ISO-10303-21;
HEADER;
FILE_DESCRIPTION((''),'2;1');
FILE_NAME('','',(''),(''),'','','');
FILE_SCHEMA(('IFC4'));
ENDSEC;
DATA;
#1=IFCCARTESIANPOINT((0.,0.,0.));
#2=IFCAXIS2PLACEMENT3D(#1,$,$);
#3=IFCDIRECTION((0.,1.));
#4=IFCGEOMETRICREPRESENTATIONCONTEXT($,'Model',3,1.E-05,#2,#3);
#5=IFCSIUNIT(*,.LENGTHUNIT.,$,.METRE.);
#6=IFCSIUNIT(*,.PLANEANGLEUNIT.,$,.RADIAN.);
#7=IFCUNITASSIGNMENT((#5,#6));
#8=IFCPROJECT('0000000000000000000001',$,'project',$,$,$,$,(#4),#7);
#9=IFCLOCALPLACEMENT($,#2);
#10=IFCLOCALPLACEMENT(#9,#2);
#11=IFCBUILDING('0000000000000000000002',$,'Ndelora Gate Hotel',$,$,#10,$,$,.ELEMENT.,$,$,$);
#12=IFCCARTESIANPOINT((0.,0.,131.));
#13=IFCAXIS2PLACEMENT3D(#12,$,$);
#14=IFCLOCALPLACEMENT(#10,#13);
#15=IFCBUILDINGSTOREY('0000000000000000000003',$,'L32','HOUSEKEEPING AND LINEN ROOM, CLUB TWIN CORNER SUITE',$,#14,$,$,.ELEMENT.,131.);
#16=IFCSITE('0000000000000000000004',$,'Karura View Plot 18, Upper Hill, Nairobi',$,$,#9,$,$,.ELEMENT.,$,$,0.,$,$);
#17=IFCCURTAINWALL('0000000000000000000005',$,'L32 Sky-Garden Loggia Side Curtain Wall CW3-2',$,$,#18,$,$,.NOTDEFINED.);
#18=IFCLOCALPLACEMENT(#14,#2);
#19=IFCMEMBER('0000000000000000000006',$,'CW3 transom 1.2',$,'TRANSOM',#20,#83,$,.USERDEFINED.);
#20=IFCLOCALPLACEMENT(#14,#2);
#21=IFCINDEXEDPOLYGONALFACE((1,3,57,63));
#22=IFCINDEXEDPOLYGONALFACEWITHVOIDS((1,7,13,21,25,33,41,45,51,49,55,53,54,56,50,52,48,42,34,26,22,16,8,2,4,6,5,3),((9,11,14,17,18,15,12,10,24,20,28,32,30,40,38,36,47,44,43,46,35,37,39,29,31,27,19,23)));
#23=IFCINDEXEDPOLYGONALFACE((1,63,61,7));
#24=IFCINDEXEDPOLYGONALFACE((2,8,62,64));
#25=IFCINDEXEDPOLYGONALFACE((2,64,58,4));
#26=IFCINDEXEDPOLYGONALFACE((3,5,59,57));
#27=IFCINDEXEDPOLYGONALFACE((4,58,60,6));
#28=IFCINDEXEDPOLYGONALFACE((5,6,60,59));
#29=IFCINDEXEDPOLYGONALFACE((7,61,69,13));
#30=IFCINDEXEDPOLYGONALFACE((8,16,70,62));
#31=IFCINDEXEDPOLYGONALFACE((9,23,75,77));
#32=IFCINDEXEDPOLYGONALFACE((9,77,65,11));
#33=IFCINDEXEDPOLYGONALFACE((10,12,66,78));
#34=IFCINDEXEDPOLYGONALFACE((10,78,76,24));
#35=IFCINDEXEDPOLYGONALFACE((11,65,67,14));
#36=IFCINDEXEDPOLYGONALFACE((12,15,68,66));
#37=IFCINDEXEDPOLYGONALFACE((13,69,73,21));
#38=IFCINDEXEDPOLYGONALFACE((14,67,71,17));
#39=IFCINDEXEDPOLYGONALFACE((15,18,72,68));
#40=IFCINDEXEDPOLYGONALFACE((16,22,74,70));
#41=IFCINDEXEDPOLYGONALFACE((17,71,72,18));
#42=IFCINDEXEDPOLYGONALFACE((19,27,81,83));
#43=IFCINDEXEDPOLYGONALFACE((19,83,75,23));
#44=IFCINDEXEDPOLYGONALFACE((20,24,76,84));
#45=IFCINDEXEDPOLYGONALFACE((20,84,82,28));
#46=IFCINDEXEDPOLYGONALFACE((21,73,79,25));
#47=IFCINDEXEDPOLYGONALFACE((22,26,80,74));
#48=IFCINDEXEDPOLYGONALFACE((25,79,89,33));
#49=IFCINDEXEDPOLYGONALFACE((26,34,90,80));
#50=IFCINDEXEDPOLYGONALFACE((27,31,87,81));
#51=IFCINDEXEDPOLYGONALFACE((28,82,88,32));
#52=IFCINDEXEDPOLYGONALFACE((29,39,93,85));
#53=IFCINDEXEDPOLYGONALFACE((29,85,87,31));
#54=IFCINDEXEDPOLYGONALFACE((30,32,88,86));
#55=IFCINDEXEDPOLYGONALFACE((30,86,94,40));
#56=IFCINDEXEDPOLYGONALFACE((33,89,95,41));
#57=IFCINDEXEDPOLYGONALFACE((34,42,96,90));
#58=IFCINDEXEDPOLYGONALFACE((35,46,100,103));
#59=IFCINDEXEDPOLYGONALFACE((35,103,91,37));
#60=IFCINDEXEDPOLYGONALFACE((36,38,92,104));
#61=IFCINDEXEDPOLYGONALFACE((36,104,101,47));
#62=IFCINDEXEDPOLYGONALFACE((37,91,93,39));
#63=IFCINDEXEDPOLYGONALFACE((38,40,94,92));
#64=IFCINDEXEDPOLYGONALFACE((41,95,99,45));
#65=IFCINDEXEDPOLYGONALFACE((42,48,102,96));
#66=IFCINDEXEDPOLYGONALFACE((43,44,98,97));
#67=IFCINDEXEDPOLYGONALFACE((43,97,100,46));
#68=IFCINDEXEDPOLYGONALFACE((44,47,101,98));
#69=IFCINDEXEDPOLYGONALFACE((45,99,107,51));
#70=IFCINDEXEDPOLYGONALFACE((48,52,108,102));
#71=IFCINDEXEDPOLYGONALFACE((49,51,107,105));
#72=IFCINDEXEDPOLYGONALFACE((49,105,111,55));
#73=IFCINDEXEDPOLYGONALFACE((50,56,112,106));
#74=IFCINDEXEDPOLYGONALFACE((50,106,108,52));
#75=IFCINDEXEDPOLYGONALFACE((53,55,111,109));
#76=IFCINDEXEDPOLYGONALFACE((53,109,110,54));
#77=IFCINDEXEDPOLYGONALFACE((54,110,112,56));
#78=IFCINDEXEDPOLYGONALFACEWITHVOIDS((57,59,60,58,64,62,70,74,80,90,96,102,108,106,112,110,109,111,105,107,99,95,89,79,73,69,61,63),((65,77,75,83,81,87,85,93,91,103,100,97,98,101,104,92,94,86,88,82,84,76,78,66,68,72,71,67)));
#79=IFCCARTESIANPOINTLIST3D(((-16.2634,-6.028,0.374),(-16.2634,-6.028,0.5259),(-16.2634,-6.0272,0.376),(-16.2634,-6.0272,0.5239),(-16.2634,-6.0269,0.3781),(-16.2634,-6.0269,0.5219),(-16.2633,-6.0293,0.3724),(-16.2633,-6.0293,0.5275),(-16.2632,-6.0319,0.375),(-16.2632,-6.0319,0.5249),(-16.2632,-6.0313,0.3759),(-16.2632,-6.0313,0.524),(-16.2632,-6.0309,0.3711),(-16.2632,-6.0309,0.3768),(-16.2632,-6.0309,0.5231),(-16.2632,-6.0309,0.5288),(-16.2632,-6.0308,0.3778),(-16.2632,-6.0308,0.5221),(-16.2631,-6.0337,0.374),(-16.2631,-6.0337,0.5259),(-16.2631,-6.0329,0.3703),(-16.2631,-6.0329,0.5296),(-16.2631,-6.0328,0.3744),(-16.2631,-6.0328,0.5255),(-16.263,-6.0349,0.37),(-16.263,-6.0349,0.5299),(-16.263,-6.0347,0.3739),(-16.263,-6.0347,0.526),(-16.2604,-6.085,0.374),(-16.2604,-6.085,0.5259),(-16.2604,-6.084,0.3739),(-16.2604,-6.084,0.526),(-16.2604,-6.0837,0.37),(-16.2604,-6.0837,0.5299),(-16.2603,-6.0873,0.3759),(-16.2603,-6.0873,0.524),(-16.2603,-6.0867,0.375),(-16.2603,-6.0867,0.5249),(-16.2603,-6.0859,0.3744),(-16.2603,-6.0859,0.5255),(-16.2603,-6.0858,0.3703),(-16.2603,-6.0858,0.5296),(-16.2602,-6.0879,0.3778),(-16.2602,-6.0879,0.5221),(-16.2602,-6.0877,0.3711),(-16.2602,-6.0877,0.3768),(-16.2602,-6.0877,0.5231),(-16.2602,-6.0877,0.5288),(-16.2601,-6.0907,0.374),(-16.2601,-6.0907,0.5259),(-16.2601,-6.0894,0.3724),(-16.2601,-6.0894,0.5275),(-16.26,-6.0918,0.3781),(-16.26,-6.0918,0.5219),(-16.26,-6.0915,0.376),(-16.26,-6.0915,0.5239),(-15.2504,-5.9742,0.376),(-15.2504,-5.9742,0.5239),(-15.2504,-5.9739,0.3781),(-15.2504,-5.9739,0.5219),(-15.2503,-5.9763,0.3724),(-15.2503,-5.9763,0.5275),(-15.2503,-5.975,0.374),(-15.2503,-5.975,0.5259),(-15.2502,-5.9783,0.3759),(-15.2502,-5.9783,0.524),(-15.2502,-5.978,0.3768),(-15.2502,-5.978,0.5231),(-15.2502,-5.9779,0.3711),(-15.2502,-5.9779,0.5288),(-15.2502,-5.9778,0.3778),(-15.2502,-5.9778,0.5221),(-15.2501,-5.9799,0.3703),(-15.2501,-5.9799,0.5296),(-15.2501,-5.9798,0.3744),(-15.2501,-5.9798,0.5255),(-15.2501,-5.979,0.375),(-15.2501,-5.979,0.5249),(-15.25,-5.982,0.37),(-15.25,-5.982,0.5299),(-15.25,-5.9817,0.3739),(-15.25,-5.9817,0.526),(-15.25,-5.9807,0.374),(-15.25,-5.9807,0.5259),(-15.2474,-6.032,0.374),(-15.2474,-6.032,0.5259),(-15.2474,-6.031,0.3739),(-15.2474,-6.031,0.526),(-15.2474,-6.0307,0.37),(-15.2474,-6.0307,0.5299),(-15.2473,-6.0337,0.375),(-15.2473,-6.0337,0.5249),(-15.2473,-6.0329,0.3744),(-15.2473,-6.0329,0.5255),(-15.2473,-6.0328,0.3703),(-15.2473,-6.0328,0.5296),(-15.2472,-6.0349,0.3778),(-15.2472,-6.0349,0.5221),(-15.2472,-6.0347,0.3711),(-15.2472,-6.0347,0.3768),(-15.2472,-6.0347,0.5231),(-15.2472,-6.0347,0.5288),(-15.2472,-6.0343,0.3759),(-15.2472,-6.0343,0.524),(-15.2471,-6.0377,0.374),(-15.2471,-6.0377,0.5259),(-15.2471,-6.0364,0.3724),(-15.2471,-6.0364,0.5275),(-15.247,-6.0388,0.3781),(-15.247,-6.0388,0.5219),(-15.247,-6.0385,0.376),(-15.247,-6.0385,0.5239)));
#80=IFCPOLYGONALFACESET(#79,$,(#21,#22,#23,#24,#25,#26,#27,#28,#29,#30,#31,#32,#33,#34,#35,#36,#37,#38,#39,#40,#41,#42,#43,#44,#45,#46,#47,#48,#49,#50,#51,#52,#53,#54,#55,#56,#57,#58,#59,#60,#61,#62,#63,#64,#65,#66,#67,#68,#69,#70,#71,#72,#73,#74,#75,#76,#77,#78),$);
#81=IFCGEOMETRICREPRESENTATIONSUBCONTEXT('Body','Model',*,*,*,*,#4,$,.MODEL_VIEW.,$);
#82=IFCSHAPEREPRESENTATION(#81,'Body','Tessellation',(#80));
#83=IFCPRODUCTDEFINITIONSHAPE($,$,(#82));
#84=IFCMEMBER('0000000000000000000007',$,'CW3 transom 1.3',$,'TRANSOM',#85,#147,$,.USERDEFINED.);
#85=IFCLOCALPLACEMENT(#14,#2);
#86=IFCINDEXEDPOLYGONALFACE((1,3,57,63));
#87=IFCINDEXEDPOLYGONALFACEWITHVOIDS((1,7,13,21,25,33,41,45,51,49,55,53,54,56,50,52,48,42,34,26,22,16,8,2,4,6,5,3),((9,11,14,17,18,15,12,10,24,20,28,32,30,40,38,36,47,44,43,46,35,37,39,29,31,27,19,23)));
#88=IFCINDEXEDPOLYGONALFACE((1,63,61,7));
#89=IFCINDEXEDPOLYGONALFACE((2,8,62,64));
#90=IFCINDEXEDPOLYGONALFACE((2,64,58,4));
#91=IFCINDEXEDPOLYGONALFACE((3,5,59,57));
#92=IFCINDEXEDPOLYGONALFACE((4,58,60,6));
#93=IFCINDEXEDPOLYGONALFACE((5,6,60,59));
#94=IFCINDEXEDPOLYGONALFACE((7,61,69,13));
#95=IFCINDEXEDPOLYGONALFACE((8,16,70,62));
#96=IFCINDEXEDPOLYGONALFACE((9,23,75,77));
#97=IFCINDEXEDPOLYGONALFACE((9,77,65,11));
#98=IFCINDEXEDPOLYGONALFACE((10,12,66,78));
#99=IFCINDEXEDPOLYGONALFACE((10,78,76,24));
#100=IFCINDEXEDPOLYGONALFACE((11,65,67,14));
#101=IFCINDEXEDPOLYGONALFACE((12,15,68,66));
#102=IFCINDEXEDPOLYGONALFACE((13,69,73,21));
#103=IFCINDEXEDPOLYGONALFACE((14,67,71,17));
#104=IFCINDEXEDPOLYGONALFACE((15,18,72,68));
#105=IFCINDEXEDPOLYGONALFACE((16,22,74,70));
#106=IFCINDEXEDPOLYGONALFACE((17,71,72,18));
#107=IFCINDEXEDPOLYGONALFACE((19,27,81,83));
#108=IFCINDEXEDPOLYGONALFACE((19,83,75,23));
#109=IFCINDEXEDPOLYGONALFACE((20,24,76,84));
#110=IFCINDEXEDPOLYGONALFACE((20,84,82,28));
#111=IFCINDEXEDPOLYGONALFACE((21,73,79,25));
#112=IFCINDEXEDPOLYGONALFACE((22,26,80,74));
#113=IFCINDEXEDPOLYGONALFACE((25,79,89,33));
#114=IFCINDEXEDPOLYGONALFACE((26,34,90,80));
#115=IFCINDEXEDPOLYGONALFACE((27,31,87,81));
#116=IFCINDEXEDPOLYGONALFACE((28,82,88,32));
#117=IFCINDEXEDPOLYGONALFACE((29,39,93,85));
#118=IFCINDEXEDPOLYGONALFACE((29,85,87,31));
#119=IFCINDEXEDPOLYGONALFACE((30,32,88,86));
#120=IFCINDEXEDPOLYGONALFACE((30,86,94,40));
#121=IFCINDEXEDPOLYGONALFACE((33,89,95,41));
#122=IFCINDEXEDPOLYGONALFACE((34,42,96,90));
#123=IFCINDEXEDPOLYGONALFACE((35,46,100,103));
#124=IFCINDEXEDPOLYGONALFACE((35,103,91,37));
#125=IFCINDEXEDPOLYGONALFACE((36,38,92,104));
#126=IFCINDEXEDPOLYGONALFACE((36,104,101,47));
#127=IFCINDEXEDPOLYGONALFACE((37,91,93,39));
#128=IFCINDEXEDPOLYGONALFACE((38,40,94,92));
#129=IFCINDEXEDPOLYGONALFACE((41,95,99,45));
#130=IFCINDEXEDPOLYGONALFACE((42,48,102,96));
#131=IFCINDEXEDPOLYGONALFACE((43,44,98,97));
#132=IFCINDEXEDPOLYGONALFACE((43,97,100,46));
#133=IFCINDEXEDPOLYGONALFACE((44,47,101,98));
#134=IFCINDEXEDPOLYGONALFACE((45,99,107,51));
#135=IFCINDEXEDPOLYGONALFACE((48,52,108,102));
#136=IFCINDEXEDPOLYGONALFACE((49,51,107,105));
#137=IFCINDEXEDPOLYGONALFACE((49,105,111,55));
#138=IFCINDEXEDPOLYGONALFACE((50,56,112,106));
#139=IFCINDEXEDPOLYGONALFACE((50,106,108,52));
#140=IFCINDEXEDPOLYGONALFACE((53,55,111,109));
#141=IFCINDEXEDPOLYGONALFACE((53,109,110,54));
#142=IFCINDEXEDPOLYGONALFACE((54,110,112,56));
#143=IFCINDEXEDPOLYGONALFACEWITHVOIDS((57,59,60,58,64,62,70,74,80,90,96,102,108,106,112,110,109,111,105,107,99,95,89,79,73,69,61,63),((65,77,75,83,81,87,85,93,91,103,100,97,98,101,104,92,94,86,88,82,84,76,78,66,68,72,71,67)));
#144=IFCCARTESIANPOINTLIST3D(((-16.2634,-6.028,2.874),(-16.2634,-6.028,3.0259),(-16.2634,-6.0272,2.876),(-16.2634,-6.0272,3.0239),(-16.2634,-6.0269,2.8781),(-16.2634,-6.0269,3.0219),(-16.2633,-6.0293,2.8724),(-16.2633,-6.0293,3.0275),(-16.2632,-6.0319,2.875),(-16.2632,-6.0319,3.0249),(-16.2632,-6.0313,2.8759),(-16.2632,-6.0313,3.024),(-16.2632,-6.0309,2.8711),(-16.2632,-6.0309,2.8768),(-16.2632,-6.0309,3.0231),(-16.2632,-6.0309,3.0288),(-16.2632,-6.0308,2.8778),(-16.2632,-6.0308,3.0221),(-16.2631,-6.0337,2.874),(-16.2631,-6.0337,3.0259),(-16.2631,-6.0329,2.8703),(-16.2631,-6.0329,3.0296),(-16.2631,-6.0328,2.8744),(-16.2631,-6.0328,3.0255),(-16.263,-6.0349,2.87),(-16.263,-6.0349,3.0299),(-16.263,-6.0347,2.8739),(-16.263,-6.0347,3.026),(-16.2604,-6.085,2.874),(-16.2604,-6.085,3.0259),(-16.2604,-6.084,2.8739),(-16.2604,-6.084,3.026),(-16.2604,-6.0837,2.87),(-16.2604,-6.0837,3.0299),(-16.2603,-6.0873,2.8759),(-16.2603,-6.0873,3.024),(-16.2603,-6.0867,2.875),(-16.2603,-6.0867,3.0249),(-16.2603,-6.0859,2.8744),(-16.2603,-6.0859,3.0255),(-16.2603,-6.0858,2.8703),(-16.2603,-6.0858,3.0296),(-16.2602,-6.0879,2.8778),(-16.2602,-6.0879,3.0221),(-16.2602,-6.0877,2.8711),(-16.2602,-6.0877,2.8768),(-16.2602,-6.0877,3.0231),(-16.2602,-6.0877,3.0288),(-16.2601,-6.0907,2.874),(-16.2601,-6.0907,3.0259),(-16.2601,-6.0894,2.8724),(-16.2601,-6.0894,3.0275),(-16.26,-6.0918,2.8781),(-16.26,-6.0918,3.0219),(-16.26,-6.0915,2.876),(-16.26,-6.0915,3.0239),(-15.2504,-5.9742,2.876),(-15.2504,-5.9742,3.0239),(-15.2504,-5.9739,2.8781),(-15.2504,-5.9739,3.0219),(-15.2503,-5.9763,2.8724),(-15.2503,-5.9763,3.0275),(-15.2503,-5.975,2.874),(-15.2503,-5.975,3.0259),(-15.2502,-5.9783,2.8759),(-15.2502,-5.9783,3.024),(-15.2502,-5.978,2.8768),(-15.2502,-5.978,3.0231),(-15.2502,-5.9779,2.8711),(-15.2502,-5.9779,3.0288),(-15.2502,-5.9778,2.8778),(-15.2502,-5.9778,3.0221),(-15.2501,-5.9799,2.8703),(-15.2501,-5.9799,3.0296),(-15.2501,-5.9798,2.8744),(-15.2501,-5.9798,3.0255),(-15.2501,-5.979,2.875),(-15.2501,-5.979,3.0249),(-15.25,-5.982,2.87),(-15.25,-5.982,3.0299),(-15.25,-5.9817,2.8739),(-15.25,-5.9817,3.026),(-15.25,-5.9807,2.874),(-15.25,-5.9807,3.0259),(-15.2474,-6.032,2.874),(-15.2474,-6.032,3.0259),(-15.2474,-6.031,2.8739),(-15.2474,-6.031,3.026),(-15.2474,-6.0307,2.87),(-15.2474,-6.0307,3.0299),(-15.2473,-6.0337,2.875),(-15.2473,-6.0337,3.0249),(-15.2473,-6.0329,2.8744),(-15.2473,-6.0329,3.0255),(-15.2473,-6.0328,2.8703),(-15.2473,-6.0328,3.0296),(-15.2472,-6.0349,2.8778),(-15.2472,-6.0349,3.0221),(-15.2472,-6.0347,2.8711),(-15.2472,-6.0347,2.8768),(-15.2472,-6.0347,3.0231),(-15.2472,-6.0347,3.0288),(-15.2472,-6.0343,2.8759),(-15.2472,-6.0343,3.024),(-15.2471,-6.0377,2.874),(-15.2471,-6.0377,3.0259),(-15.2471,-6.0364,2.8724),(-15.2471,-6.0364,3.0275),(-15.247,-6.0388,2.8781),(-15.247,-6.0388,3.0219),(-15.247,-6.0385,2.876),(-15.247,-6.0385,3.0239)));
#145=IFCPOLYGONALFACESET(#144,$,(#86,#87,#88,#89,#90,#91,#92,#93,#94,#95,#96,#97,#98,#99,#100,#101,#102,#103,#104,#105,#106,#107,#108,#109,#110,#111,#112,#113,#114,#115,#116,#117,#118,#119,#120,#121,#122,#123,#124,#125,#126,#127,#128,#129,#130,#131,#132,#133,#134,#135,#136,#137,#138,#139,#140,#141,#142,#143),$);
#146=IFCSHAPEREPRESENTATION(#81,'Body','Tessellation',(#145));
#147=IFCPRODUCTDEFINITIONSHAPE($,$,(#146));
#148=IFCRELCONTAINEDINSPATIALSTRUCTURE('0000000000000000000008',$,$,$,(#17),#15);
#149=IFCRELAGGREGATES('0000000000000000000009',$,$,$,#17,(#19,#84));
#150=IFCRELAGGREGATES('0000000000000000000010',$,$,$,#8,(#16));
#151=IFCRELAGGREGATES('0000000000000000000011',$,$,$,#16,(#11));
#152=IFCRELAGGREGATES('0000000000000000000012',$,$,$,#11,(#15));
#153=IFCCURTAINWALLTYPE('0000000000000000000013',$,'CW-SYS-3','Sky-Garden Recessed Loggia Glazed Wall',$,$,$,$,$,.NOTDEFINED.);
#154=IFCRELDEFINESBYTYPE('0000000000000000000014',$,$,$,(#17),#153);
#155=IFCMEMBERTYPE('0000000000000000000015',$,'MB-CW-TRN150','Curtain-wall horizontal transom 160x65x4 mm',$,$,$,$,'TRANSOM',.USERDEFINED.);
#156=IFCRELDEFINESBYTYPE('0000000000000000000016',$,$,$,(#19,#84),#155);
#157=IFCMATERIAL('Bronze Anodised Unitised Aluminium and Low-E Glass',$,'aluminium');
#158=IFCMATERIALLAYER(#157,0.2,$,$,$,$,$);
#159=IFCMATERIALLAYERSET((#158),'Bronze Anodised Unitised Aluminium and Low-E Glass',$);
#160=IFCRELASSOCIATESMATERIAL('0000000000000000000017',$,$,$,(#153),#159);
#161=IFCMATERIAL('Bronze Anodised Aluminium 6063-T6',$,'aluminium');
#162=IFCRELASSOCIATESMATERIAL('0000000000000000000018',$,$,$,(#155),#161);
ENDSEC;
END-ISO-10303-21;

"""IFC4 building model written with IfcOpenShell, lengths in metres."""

from ifc_helpers import new_model, si_unit, direction, frame, origin, origin_2d, place, context, subcontext, project, spatial, hollow_rectangle, extrude, material, layer, layer_set, material_profile, profile_set, type_object, element, aggregate, save


model = new_model("IFC4")

# Units and contexts
model_context = context("Model", 3, precision=1e-05, world=origin(), true_north=direction((0.0, 1.0)))
body_context = subcontext(model_context, "Body", "Model", "MODEL_VIEW")
ifc_project = project(units=[si_unit("LENGTHUNIT", "METRE"), si_unit("PLANEANGLEUNIT", "RADIAN")], contexts=[model_context])

# Site, building, storey
site_placement = place(None, origin())
site = spatial("IfcSite", under=ifc_project, at=site_placement, Name="Karura View Plot 18, Upper Hill, Nairobi", CompositionType="ELEMENT", RefElevation=0.0)
building_placement = place(site_placement, origin())
building = spatial("IfcBuilding", under=site, at=building_placement, Name="Ndelora Gate Hotel", CompositionType="ELEMENT")
storey_placement = place(building_placement, frame((0.0, 0.0, 131.0)))
storey = spatial("IfcBuildingStorey", under=building, at=storey_placement, Name="L32", Description="HOUSEKEEPING AND LINEN ROOM, CLUB TWIN CORNER SUITE", CompositionType="ELEMENT", Elevation=131.0)

# Curtain wall, members
ifc_material_1 = material(Name="Bronze Anodised Unitised Aluminium and Low-E Glass", Category="aluminium")
ifc_layer_1 = layer(ifc_material_1, 0.2)
ifc_layer_set_1 = layer_set([ifc_layer_1], Name="Bronze Anodised Unitised Aluminium and Low-E Glass")
curtain_wall_type = type_object("IfcCurtainWallType", Name="CW-SYS-3", Description="Sky-Garden Recessed Loggia Glazed Wall", PredefinedType="NOTDEFINED", material=ifc_layer_set_1)
curtain_wall_placement = place(storey_placement, origin())
curtain_wall = element("IfcCurtainWall", 1, at=curtain_wall_placement, inside=storey, type_object=curtain_wall_type, Name="L32 Sky-Garden Loggia Side Curtain Wall CW3-2", PredefinedType="NOTDEFINED")
ifc_material_2 = material(Name="Bronze Anodised Aluminium 6063-T6", Category="aluminium")
ifc_material_profile_1 = material_profile(ifc_material_2, hollow_rectangle(XDim=0.0649, YDim=0.1599, WallThickness=0.0039, InnerFilletRadius=0.0039, OuterFilletRadius=0.0081, at=origin_2d()), Name="ALU 160x65x4")
ifc_profile_set_1 = profile_set([ifc_material_profile_1], Name="Bronze Anodised Aluminium 6063-T6")
member_type_1 = type_object("IfcMemberType", Name="MB-CW-TRN150", Description="Curtain-wall horizontal transom 160x65x4 mm", ElementType="TRANSOM", PredefinedType="USERDEFINED", material=ifc_profile_set_1)
member_1_placement = place(storey_placement, frame((-16.2617, -6.0593, 0.45), z_axis=(0.998635, 0.05223, 0.0), x_axis=(-0.05223, 0.998635, 0.0)))
member_1 = element("IfcMember", 2, at=member_1_placement, type_object=member_type_1, Name="CW3 transom 1.2", ObjectType="TRANSOM", PredefinedType="USERDEFINED", context=body_context, shape_type="SweptSolid", body=[
    extrude(hollow_rectangle(XDim=0.0649, YDim=0.1599, WallThickness=0.0039, InnerFilletRadius=0.0039, OuterFilletRadius=0.0081, at=origin_2d()), origin(), (0.0, 0.0, 1.0), 1.0144),
])
member_2_placement = place(storey_placement, frame((-16.2617, -6.0593, 2.95), z_axis=(0.998635, 0.05223, 0.0), x_axis=(-0.05223, 0.998635, 0.0)))
member_2 = element("IfcMember", 3, at=member_2_placement, type_object=member_type_1, Name="CW3 transom 1.3", ObjectType="TRANSOM", PredefinedType="USERDEFINED", context=body_context, shape_type="SweptSolid", body=[
    extrude(hollow_rectangle(XDim=0.0649, YDim=0.1599, WallThickness=0.0039, InnerFilletRadius=0.0039, OuterFilletRadius=0.0081, at=origin_2d()), origin(), (0.0, 0.0, 1.0), 1.0144),
])
aggregate(curtain_wall, [member_1, member_2])

save(model, "model.ifc")
